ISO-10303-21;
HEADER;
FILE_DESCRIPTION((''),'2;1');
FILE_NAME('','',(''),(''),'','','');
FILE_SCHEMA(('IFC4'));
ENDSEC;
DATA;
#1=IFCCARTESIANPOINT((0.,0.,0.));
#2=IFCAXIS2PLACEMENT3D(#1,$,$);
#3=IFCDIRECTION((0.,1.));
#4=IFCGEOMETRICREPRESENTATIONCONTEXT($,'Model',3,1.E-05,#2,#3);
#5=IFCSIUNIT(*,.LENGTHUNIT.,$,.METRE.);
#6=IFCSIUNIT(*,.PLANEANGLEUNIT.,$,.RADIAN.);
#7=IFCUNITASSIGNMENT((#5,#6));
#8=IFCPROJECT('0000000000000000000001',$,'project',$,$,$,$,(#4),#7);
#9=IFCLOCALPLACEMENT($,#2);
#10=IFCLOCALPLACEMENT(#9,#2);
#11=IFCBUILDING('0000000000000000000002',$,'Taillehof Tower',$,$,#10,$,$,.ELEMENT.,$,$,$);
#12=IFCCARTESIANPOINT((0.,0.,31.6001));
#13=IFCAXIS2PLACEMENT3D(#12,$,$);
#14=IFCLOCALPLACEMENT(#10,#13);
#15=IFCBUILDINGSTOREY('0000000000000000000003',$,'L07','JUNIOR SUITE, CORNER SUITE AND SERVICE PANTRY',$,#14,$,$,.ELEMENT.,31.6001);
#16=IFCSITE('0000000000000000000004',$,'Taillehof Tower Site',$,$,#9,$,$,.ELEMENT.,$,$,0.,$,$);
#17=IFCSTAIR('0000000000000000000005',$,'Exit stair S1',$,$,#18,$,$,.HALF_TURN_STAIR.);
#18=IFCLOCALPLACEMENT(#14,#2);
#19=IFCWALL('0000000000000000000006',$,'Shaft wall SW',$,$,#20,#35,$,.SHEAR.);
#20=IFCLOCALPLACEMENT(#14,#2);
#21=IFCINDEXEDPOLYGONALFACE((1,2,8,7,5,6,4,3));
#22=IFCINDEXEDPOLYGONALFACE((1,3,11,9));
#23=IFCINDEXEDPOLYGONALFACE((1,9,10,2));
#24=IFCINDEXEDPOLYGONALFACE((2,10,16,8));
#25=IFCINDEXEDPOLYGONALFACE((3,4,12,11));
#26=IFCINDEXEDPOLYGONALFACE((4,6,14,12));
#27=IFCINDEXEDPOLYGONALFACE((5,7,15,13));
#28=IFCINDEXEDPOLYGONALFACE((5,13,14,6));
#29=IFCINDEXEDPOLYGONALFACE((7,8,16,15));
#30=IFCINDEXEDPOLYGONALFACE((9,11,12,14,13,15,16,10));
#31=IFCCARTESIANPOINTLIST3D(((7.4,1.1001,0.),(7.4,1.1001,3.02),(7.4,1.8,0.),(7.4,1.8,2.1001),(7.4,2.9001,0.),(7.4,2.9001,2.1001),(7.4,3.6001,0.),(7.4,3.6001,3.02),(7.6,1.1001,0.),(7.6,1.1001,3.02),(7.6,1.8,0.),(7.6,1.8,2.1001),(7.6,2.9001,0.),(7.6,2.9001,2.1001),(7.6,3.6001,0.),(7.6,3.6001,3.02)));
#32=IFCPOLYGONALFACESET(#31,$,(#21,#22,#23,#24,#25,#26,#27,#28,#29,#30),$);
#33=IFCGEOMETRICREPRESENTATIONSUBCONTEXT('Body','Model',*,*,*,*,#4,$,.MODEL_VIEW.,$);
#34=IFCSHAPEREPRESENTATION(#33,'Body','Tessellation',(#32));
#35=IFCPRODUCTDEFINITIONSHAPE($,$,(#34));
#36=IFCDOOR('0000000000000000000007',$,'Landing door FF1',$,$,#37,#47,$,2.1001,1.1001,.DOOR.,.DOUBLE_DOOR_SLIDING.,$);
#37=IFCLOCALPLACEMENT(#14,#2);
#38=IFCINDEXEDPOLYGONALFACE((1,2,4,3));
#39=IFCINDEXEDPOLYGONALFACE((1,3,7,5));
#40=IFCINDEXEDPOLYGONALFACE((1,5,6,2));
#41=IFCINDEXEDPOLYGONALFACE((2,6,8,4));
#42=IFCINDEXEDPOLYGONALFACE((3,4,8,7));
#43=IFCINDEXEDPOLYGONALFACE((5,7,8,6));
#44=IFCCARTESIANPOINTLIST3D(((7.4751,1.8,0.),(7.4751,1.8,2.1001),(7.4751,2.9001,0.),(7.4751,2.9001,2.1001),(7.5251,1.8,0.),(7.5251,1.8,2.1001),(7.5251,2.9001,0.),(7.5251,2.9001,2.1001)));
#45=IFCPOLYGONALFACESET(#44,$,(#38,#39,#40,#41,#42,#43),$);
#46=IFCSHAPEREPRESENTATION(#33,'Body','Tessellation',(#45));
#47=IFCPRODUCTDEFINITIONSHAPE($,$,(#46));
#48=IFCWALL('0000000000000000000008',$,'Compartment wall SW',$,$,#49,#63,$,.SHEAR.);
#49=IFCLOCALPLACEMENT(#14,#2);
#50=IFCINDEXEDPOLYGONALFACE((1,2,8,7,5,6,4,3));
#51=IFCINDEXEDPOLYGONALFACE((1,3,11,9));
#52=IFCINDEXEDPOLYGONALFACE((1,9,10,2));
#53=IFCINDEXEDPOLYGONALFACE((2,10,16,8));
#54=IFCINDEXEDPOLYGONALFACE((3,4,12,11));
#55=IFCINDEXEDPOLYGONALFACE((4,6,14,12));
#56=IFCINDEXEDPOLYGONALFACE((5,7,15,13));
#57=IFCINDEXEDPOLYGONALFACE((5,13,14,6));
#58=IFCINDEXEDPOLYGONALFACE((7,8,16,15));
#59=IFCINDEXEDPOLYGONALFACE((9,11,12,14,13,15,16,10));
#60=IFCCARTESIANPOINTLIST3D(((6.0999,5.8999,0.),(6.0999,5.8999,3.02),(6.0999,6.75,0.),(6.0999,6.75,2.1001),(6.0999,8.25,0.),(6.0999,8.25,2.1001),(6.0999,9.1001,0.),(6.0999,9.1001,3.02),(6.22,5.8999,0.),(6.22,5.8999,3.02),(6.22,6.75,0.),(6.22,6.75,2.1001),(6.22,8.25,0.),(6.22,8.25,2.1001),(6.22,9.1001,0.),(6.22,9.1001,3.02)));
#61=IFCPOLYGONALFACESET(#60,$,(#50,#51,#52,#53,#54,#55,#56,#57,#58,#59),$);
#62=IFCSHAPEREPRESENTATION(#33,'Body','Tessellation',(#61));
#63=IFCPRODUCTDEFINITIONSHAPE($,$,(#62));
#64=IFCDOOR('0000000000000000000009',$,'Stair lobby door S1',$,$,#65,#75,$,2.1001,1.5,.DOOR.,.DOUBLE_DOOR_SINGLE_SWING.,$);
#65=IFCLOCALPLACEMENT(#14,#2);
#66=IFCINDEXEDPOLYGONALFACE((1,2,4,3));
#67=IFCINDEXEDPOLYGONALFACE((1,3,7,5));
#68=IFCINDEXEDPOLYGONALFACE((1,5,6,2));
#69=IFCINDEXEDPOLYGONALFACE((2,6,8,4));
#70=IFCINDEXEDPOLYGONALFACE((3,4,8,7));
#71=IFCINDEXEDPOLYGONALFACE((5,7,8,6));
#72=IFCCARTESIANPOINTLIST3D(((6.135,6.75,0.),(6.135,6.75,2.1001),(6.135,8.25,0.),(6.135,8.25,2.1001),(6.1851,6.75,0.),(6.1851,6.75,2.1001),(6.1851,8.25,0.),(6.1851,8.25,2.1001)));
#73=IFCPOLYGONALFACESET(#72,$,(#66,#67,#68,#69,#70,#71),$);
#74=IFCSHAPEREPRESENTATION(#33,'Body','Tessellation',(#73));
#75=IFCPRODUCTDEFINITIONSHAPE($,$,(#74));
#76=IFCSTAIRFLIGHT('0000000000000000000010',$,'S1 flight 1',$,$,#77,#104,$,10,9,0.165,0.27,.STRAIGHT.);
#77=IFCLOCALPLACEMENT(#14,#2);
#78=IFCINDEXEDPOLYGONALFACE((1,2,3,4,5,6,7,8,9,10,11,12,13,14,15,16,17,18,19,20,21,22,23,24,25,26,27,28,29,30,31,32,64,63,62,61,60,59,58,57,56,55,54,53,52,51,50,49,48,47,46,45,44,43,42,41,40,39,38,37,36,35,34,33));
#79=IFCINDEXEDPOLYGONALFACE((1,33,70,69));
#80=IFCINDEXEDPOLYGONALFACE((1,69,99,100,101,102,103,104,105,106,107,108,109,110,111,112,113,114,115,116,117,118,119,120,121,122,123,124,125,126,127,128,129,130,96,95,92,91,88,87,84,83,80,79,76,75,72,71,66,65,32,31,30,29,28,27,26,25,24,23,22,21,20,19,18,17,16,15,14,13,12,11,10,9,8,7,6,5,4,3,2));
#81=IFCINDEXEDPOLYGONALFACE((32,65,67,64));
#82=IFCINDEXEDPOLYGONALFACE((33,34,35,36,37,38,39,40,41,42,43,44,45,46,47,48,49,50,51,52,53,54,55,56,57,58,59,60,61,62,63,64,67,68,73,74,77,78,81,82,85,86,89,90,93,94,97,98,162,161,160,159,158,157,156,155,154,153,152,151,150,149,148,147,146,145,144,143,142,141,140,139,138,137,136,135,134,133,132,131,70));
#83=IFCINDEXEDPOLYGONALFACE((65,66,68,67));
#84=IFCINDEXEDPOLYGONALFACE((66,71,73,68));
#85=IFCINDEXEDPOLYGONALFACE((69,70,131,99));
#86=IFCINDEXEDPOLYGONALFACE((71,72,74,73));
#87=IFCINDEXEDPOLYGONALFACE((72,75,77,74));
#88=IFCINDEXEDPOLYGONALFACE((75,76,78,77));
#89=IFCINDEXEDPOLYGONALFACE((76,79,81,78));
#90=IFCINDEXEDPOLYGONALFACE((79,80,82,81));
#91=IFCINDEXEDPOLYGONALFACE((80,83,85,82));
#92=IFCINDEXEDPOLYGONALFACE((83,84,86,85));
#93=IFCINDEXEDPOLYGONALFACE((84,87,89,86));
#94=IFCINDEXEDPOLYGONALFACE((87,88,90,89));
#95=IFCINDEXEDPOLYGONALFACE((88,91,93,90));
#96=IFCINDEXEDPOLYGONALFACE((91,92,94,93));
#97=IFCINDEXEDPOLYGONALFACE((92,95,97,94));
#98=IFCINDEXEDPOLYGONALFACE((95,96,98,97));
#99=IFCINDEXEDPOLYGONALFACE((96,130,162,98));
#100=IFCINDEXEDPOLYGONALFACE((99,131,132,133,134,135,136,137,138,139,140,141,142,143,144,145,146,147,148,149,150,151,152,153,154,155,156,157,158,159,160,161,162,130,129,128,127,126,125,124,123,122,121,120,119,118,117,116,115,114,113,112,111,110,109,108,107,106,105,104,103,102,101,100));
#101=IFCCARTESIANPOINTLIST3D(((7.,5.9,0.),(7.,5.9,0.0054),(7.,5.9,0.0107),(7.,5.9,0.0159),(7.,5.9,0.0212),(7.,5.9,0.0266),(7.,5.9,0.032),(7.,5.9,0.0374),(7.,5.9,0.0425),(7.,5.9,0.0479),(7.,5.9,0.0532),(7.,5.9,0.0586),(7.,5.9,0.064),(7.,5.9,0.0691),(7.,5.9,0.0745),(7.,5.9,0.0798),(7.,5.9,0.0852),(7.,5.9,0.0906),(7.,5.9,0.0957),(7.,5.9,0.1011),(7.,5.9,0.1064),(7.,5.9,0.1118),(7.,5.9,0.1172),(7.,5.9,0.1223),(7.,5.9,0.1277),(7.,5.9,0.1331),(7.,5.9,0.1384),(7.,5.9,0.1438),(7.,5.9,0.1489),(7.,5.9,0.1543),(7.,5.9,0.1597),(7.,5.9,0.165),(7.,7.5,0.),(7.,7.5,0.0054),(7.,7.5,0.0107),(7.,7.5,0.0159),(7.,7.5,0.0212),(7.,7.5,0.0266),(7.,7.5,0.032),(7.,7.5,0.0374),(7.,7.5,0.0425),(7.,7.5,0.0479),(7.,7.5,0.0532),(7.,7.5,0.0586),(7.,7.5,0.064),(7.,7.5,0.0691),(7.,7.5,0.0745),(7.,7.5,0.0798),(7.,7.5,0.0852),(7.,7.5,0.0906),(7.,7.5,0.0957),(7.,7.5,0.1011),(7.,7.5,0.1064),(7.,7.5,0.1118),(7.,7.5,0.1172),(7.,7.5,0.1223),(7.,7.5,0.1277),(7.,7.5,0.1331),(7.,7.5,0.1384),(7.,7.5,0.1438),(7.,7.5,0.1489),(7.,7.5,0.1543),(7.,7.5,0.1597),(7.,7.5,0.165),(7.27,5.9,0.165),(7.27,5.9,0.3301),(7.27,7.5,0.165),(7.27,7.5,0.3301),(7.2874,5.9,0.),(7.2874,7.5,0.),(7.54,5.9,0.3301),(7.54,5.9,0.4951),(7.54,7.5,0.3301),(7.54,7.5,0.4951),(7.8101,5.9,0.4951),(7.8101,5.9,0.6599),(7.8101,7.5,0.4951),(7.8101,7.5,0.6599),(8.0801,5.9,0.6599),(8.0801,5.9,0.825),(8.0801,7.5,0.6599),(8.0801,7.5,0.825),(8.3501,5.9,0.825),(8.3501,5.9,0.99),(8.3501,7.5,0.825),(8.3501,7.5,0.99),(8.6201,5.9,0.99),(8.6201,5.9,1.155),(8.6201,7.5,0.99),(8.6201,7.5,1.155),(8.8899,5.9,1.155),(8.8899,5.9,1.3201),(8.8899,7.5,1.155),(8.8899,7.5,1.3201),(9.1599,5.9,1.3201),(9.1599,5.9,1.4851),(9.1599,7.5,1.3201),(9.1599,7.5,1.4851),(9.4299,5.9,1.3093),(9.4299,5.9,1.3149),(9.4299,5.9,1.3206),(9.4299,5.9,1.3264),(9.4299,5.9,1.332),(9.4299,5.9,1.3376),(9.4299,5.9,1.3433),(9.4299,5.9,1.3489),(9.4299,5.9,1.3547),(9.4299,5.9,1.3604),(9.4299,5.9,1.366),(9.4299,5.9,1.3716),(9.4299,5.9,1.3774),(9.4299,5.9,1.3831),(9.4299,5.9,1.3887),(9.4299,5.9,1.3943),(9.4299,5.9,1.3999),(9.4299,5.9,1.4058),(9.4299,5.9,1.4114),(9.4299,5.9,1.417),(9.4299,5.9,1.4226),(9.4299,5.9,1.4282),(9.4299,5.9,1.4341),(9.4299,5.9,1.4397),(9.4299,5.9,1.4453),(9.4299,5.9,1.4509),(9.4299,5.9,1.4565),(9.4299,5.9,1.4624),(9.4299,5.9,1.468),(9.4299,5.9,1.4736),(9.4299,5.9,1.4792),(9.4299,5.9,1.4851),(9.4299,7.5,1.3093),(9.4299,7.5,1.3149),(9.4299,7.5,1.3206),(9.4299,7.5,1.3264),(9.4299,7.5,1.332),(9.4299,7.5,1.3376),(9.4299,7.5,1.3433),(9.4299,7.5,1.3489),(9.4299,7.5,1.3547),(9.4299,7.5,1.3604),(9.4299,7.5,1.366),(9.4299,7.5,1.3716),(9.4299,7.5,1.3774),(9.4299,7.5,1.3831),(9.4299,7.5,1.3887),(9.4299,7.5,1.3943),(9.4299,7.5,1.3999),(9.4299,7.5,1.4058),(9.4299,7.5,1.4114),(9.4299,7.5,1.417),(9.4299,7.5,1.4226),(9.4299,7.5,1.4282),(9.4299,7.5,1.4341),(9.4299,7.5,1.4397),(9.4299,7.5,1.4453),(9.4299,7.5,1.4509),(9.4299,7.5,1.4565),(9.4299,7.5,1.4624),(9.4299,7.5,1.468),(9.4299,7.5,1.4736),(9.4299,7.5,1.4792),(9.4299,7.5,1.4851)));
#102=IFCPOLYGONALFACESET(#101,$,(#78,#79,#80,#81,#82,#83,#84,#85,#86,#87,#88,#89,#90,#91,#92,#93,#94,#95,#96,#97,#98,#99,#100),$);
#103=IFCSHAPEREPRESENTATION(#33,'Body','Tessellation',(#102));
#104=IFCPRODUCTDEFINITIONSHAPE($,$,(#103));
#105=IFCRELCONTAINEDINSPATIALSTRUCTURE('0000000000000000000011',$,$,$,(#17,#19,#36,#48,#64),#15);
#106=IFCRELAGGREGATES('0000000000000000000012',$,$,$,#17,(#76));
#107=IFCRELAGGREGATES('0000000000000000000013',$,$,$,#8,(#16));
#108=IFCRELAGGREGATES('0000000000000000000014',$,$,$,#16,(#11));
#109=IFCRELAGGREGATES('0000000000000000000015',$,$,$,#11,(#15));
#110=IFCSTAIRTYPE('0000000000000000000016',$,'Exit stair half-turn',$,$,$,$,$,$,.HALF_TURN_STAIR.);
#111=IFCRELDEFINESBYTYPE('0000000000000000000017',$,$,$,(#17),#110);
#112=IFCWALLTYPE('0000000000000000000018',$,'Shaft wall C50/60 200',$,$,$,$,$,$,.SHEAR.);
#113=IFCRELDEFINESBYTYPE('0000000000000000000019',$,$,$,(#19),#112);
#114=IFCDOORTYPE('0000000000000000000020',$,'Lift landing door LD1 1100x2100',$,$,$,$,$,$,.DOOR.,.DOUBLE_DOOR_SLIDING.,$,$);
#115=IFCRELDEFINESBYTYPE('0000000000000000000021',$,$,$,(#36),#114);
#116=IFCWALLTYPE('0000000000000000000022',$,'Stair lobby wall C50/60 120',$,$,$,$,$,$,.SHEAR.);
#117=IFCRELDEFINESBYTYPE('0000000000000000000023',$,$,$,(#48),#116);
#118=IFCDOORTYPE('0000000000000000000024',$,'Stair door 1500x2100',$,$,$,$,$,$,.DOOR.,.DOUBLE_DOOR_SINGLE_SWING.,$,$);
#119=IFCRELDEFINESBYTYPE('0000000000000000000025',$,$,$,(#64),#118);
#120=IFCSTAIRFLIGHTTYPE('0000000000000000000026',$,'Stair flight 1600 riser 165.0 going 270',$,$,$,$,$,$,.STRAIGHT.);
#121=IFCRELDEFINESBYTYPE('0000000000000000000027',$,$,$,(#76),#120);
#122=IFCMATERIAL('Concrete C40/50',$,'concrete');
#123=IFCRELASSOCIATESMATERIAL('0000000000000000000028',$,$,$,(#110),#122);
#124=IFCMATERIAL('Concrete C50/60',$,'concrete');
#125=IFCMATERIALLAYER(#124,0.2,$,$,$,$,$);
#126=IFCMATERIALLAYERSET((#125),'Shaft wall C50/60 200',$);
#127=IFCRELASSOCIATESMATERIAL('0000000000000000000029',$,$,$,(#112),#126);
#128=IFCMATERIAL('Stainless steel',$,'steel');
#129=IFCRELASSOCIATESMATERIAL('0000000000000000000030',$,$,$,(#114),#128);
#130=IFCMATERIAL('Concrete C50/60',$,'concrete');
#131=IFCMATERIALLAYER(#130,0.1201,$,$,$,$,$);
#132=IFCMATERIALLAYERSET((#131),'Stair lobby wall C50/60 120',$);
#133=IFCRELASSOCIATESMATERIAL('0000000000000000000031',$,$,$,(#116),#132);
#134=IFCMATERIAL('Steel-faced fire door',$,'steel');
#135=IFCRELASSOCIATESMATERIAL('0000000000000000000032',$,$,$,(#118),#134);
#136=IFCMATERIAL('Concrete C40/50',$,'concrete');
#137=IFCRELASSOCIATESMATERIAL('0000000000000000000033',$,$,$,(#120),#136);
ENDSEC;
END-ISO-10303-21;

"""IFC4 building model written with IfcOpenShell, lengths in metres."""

from ifc_helpers import new_model, si_unit, direction, frame, frame_2d, origin, place, context, subcontext, project, spatial, polyline, rectangle, outline, extrude, material, layer, layer_set, type_object, element, fill, aggregate, save


model = new_model("IFC4")

# Units and contexts
model_context = context("Model", 3, precision=1e-05, world=origin(), true_north=direction((0.0, 1.0)))
body_context = subcontext(model_context, "Body", "Model", "MODEL_VIEW")
ifc_project = project(units=[si_unit("LENGTHUNIT", "METRE"), si_unit("PLANEANGLEUNIT", "RADIAN")], contexts=[model_context])

# Site, building, storey
site_placement = place(None, origin())
site = spatial("IfcSite", under=ifc_project, at=site_placement, Name="Taillehof Tower Site", CompositionType="ELEMENT", RefElevation=0.0)
building_placement = place(site_placement, origin())
building = spatial("IfcBuilding", under=site, at=building_placement, Name="Taillehof Tower", CompositionType="ELEMENT")
storey_placement = place(building_placement, frame((0.0, 0.0, 31.6001)))
storey = spatial("IfcBuildingStorey", under=building, at=storey_placement, Name="L07", Description="JUNIOR SUITE, CORNER SUITE AND SERVICE PANTRY", CompositionType="ELEMENT", Elevation=31.6001)

# Stair
ifc_material_1 = material(Name="Concrete C40/50", Category="concrete")
stair_type = type_object("IfcStairType", Name="Exit stair half-turn", PredefinedType="HALF_TURN_STAIR", material=ifc_material_1)
stair_1_placement = place(storey_placement, origin())
stair_1 = element("IfcStair", 1, at=stair_1_placement, inside=storey, type_object=stair_type, Name="Exit stair S1", PredefinedType="HALF_TURN_STAIR")

# Shared definitions
ifc_material_2 = material(Name="Concrete C50/60", Category="concrete")
ifc_layer_1 = layer(ifc_material_2, 0.2)
ifc_layer_set_1 = layer_set([ifc_layer_1], Name="Shaft wall C50/60 200")
wall_type_1 = type_object("IfcWallType", Name="Shaft wall C50/60 200", PredefinedType="SHEAR", material=ifc_layer_set_1)
ifc_material_3 = material(Name="Stainless steel", Category="steel")
door_type_1 = type_object("IfcDoorType", Name="Lift landing door LD1 1100x2100", OperationType="DOUBLE_DOOR_SLIDING", PredefinedType="DOOR", material=ifc_material_3)

# Walls, openings, doors
wall_1_placement = place(storey_placement, frame((7.5, 1.1001, 0.0), z_axis=(0.0, 0.0, 1.0), x_axis=(0.0, 1.0, 0.0)))
wall_1 = element("IfcWall", 2, at=wall_1_placement, inside=storey, type_object=wall_type_1, Name="Shaft wall SW", PredefinedType="SHEAR", context=body_context, shape_type="SweptSolid", body=[
    extrude(rectangle(XDim=2.5, YDim=0.2, at=frame_2d((1.25, 0.0))), origin(), (0.0, 0.0, 1.0), 3.02),
])
opening_1_placement = place(wall_1_placement, frame((0.7, 0.0, 0.0)))
opening_1 = element("IfcOpeningElement", 3, at=opening_1_placement, cuts=wall_1, PredefinedType="OPENING", context=body_context, shape_type="SweptSolid", body=[
    extrude(rectangle(XDim=1.1001, YDim=2.1001, at=frame_2d((0.55, 1.05))), frame((0.0, 0.1099, 0.0), z_axis=(0.0, -1.0, 0.0), x_axis=(1.0, 0.0, 0.0)), (0.0, 0.0, 1.0), 0.22),
])
door_1_placement = place(opening_1_placement, origin())
door_1 = element("IfcDoor", 4, at=door_1_placement, inside=storey, type_object=door_type_1, Name="Landing door FF1", OperationType="DOUBLE_DOOR_SLIDING", OverallHeight=2.1001, OverallWidth=1.1001, PredefinedType="DOOR", context=body_context, shape_type="SweptSolid", body=[
    extrude(rectangle(XDim=1.1001, YDim=2.1001, at=frame_2d((0.55, 1.05))), frame((0.0, 0.0249, 0.0), z_axis=(0.0, -1.0, 0.0), x_axis=(1.0, 0.0, 0.0)), (0.0, 0.0, 1.0), 0.05),
])
fill(opening_1, door_1)
ifc_material_4 = material(Name="Concrete C50/60", Category="concrete")
ifc_layer_2 = layer(ifc_material_4, 0.1201)
ifc_layer_set_2 = layer_set([ifc_layer_2], Name="Stair lobby wall C50/60 120")
wall_type_2 = type_object("IfcWallType", Name="Stair lobby wall C50/60 120", PredefinedType="SHEAR", material=ifc_layer_set_2)
wall_2_placement = place(storey_placement, frame((6.1599, 5.8999, 0.0), z_axis=(0.0, 0.0, 1.0), x_axis=(0.0, 1.0, 0.0)))
wall_2 = element("IfcWall", 5, at=wall_2_placement, inside=storey, type_object=wall_type_2, Name="Compartment wall SW", PredefinedType="SHEAR", context=body_context, shape_type="SweptSolid", body=[
    extrude(rectangle(XDim=3.2002, YDim=0.1201, at=frame_2d((1.6001, 0.0))), origin(), (0.0, 0.0, 1.0), 3.02),
])
opening_2_placement = place(wall_2_placement, frame((0.8501, 0.0, 0.0)))
opening_2 = element("IfcOpeningElement", 6, at=opening_2_placement, cuts=wall_2, PredefinedType="OPENING", context=body_context, shape_type="SweptSolid", body=[
    extrude(rectangle(XDim=1.5, YDim=2.1001, at=frame_2d((0.75, 1.05))), frame((0.0, 0.0701, 0.0), z_axis=(0.0, -1.0, 0.0), x_axis=(1.0, 0.0, 0.0)), (0.0, 0.0, 1.0), 0.1401),
])
ifc_material_5 = material(Name="Steel-faced fire door", Category="steel")
door_type_2 = type_object("IfcDoorType", Name="Stair door 1500x2100", OperationType="DOUBLE_DOOR_SINGLE_SWING", PredefinedType="DOOR", material=ifc_material_5)
door_2_placement = place(opening_2_placement, origin())
door_2 = element("IfcDoor", 7, at=door_2_placement, inside=storey, type_object=door_type_2, Name="Stair lobby door S1", OperationType="DOUBLE_DOOR_SINGLE_SWING", OverallHeight=2.1001, OverallWidth=1.5, PredefinedType="DOOR", context=body_context, shape_type="SweptSolid", body=[
    extrude(rectangle(XDim=1.5, YDim=2.1001, at=frame_2d((0.75, 1.05))), frame((0.0, 0.0249, 0.0), z_axis=(0.0, -1.0, 0.0), x_axis=(1.0, 0.0, 0.0)), (0.0, 0.0, 1.0), 0.05),
])
fill(opening_2, door_2)

# Stair flight
ifc_material_6 = material(Name="Concrete C40/50", Category="concrete")
stair_flight_type = type_object("IfcStairFlightType", Name="Stair flight 1600 riser 165.0 going 270", PredefinedType="STRAIGHT", material=ifc_material_6)
stair_flight_placement = place(storey_placement, frame((7.0, 6.7, 0.0), z_axis=(0.0, 0.0, 1.0), x_axis=(1.0, 0.0, 0.0)))
stair_flight = element("IfcStairFlight", 8, at=stair_flight_placement, type_object=stair_flight_type, Name="S1 flight 1", NumberOfRisers=10, NumberOfTreads=9, PredefinedType="STRAIGHT", RiserHeight=0.165, TreadLength=0.27, context=body_context, shape_type="SweptSolid", body=[
    extrude(outline(polyline([(0.0, 0.0), (0.0, 0.0054), (0.0, 0.0107), (0.0, 0.0159), (0.0, 0.0212), (0.0, 0.0266), (0.0, 0.032), (0.0, 0.0374), (0.0, 0.0425), (0.0, 0.0479), (0.0, 0.0532), (0.0, 0.0586), (0.0, 0.064), (0.0, 0.0691), (0.0, 0.0745), (0.0, 0.0798), (0.0, 0.0852), (0.0, 0.0906), (0.0, 0.0957), (0.0, 0.1011), (0.0, 0.1064), (0.0, 0.1118), (0.0, 0.1172), (0.0, 0.1223), (0.0, 0.1277), (0.0, 0.1331), (0.0, 0.1384), (0.0, 0.1438), (0.0, 0.1489), (0.0, 0.1543), (0.0, 0.1597), (0.0, 0.165), (0.27, 0.165), (0.27, 0.3301), (0.54, 0.3301), (0.54, 0.4951), (0.8101, 0.4951), (0.8101, 0.6599), (1.0801, 0.6599), (1.0801, 0.825), (1.3501, 0.825), (1.3501, 0.99), (1.6201, 0.99), (1.6201, 1.155), (1.8899, 1.155), (1.8899, 1.3201), (2.1599, 1.3201), (2.1599, 1.4851), (2.4299, 1.4851), (2.4299, 1.4792), (2.4299, 1.4736), (2.4299, 1.468), (2.4299, 1.4624), (2.4299, 1.4565), (2.4299, 1.4509), (2.4299, 1.4453), (2.4299, 1.4397), (2.4299, 1.4341), (2.4299, 1.4282), (2.4299, 1.4226), (2.4299, 1.417), (2.4299, 1.4114), (2.4299, 1.4058), (2.4299, 1.3999), (2.4299, 1.3943), (2.4299, 1.3887), (2.4299, 1.3831), (2.4299, 1.3774), (2.4299, 1.3716), (2.4299, 1.366), (2.4299, 1.3604), (2.4299, 1.3547), (2.4299, 1.3489), (2.4299, 1.3433), (2.4299, 1.3376), (2.4299, 1.332), (2.4299, 1.3264), (2.4299, 1.3206), (2.4299, 1.3149), (2.4299, 1.3093), (0.2874, 0.0), (0.0, 0.0)])), frame((0.0, 0.8, 0.0), z_axis=(0.0, -1.0, 0.0), x_axis=(1.0, 0.0, 0.0)), (0.0, 0.0, 1.0), 1.6),
])
aggregate(stair_1, [stair_flight])

save(model, "model.ifc")
